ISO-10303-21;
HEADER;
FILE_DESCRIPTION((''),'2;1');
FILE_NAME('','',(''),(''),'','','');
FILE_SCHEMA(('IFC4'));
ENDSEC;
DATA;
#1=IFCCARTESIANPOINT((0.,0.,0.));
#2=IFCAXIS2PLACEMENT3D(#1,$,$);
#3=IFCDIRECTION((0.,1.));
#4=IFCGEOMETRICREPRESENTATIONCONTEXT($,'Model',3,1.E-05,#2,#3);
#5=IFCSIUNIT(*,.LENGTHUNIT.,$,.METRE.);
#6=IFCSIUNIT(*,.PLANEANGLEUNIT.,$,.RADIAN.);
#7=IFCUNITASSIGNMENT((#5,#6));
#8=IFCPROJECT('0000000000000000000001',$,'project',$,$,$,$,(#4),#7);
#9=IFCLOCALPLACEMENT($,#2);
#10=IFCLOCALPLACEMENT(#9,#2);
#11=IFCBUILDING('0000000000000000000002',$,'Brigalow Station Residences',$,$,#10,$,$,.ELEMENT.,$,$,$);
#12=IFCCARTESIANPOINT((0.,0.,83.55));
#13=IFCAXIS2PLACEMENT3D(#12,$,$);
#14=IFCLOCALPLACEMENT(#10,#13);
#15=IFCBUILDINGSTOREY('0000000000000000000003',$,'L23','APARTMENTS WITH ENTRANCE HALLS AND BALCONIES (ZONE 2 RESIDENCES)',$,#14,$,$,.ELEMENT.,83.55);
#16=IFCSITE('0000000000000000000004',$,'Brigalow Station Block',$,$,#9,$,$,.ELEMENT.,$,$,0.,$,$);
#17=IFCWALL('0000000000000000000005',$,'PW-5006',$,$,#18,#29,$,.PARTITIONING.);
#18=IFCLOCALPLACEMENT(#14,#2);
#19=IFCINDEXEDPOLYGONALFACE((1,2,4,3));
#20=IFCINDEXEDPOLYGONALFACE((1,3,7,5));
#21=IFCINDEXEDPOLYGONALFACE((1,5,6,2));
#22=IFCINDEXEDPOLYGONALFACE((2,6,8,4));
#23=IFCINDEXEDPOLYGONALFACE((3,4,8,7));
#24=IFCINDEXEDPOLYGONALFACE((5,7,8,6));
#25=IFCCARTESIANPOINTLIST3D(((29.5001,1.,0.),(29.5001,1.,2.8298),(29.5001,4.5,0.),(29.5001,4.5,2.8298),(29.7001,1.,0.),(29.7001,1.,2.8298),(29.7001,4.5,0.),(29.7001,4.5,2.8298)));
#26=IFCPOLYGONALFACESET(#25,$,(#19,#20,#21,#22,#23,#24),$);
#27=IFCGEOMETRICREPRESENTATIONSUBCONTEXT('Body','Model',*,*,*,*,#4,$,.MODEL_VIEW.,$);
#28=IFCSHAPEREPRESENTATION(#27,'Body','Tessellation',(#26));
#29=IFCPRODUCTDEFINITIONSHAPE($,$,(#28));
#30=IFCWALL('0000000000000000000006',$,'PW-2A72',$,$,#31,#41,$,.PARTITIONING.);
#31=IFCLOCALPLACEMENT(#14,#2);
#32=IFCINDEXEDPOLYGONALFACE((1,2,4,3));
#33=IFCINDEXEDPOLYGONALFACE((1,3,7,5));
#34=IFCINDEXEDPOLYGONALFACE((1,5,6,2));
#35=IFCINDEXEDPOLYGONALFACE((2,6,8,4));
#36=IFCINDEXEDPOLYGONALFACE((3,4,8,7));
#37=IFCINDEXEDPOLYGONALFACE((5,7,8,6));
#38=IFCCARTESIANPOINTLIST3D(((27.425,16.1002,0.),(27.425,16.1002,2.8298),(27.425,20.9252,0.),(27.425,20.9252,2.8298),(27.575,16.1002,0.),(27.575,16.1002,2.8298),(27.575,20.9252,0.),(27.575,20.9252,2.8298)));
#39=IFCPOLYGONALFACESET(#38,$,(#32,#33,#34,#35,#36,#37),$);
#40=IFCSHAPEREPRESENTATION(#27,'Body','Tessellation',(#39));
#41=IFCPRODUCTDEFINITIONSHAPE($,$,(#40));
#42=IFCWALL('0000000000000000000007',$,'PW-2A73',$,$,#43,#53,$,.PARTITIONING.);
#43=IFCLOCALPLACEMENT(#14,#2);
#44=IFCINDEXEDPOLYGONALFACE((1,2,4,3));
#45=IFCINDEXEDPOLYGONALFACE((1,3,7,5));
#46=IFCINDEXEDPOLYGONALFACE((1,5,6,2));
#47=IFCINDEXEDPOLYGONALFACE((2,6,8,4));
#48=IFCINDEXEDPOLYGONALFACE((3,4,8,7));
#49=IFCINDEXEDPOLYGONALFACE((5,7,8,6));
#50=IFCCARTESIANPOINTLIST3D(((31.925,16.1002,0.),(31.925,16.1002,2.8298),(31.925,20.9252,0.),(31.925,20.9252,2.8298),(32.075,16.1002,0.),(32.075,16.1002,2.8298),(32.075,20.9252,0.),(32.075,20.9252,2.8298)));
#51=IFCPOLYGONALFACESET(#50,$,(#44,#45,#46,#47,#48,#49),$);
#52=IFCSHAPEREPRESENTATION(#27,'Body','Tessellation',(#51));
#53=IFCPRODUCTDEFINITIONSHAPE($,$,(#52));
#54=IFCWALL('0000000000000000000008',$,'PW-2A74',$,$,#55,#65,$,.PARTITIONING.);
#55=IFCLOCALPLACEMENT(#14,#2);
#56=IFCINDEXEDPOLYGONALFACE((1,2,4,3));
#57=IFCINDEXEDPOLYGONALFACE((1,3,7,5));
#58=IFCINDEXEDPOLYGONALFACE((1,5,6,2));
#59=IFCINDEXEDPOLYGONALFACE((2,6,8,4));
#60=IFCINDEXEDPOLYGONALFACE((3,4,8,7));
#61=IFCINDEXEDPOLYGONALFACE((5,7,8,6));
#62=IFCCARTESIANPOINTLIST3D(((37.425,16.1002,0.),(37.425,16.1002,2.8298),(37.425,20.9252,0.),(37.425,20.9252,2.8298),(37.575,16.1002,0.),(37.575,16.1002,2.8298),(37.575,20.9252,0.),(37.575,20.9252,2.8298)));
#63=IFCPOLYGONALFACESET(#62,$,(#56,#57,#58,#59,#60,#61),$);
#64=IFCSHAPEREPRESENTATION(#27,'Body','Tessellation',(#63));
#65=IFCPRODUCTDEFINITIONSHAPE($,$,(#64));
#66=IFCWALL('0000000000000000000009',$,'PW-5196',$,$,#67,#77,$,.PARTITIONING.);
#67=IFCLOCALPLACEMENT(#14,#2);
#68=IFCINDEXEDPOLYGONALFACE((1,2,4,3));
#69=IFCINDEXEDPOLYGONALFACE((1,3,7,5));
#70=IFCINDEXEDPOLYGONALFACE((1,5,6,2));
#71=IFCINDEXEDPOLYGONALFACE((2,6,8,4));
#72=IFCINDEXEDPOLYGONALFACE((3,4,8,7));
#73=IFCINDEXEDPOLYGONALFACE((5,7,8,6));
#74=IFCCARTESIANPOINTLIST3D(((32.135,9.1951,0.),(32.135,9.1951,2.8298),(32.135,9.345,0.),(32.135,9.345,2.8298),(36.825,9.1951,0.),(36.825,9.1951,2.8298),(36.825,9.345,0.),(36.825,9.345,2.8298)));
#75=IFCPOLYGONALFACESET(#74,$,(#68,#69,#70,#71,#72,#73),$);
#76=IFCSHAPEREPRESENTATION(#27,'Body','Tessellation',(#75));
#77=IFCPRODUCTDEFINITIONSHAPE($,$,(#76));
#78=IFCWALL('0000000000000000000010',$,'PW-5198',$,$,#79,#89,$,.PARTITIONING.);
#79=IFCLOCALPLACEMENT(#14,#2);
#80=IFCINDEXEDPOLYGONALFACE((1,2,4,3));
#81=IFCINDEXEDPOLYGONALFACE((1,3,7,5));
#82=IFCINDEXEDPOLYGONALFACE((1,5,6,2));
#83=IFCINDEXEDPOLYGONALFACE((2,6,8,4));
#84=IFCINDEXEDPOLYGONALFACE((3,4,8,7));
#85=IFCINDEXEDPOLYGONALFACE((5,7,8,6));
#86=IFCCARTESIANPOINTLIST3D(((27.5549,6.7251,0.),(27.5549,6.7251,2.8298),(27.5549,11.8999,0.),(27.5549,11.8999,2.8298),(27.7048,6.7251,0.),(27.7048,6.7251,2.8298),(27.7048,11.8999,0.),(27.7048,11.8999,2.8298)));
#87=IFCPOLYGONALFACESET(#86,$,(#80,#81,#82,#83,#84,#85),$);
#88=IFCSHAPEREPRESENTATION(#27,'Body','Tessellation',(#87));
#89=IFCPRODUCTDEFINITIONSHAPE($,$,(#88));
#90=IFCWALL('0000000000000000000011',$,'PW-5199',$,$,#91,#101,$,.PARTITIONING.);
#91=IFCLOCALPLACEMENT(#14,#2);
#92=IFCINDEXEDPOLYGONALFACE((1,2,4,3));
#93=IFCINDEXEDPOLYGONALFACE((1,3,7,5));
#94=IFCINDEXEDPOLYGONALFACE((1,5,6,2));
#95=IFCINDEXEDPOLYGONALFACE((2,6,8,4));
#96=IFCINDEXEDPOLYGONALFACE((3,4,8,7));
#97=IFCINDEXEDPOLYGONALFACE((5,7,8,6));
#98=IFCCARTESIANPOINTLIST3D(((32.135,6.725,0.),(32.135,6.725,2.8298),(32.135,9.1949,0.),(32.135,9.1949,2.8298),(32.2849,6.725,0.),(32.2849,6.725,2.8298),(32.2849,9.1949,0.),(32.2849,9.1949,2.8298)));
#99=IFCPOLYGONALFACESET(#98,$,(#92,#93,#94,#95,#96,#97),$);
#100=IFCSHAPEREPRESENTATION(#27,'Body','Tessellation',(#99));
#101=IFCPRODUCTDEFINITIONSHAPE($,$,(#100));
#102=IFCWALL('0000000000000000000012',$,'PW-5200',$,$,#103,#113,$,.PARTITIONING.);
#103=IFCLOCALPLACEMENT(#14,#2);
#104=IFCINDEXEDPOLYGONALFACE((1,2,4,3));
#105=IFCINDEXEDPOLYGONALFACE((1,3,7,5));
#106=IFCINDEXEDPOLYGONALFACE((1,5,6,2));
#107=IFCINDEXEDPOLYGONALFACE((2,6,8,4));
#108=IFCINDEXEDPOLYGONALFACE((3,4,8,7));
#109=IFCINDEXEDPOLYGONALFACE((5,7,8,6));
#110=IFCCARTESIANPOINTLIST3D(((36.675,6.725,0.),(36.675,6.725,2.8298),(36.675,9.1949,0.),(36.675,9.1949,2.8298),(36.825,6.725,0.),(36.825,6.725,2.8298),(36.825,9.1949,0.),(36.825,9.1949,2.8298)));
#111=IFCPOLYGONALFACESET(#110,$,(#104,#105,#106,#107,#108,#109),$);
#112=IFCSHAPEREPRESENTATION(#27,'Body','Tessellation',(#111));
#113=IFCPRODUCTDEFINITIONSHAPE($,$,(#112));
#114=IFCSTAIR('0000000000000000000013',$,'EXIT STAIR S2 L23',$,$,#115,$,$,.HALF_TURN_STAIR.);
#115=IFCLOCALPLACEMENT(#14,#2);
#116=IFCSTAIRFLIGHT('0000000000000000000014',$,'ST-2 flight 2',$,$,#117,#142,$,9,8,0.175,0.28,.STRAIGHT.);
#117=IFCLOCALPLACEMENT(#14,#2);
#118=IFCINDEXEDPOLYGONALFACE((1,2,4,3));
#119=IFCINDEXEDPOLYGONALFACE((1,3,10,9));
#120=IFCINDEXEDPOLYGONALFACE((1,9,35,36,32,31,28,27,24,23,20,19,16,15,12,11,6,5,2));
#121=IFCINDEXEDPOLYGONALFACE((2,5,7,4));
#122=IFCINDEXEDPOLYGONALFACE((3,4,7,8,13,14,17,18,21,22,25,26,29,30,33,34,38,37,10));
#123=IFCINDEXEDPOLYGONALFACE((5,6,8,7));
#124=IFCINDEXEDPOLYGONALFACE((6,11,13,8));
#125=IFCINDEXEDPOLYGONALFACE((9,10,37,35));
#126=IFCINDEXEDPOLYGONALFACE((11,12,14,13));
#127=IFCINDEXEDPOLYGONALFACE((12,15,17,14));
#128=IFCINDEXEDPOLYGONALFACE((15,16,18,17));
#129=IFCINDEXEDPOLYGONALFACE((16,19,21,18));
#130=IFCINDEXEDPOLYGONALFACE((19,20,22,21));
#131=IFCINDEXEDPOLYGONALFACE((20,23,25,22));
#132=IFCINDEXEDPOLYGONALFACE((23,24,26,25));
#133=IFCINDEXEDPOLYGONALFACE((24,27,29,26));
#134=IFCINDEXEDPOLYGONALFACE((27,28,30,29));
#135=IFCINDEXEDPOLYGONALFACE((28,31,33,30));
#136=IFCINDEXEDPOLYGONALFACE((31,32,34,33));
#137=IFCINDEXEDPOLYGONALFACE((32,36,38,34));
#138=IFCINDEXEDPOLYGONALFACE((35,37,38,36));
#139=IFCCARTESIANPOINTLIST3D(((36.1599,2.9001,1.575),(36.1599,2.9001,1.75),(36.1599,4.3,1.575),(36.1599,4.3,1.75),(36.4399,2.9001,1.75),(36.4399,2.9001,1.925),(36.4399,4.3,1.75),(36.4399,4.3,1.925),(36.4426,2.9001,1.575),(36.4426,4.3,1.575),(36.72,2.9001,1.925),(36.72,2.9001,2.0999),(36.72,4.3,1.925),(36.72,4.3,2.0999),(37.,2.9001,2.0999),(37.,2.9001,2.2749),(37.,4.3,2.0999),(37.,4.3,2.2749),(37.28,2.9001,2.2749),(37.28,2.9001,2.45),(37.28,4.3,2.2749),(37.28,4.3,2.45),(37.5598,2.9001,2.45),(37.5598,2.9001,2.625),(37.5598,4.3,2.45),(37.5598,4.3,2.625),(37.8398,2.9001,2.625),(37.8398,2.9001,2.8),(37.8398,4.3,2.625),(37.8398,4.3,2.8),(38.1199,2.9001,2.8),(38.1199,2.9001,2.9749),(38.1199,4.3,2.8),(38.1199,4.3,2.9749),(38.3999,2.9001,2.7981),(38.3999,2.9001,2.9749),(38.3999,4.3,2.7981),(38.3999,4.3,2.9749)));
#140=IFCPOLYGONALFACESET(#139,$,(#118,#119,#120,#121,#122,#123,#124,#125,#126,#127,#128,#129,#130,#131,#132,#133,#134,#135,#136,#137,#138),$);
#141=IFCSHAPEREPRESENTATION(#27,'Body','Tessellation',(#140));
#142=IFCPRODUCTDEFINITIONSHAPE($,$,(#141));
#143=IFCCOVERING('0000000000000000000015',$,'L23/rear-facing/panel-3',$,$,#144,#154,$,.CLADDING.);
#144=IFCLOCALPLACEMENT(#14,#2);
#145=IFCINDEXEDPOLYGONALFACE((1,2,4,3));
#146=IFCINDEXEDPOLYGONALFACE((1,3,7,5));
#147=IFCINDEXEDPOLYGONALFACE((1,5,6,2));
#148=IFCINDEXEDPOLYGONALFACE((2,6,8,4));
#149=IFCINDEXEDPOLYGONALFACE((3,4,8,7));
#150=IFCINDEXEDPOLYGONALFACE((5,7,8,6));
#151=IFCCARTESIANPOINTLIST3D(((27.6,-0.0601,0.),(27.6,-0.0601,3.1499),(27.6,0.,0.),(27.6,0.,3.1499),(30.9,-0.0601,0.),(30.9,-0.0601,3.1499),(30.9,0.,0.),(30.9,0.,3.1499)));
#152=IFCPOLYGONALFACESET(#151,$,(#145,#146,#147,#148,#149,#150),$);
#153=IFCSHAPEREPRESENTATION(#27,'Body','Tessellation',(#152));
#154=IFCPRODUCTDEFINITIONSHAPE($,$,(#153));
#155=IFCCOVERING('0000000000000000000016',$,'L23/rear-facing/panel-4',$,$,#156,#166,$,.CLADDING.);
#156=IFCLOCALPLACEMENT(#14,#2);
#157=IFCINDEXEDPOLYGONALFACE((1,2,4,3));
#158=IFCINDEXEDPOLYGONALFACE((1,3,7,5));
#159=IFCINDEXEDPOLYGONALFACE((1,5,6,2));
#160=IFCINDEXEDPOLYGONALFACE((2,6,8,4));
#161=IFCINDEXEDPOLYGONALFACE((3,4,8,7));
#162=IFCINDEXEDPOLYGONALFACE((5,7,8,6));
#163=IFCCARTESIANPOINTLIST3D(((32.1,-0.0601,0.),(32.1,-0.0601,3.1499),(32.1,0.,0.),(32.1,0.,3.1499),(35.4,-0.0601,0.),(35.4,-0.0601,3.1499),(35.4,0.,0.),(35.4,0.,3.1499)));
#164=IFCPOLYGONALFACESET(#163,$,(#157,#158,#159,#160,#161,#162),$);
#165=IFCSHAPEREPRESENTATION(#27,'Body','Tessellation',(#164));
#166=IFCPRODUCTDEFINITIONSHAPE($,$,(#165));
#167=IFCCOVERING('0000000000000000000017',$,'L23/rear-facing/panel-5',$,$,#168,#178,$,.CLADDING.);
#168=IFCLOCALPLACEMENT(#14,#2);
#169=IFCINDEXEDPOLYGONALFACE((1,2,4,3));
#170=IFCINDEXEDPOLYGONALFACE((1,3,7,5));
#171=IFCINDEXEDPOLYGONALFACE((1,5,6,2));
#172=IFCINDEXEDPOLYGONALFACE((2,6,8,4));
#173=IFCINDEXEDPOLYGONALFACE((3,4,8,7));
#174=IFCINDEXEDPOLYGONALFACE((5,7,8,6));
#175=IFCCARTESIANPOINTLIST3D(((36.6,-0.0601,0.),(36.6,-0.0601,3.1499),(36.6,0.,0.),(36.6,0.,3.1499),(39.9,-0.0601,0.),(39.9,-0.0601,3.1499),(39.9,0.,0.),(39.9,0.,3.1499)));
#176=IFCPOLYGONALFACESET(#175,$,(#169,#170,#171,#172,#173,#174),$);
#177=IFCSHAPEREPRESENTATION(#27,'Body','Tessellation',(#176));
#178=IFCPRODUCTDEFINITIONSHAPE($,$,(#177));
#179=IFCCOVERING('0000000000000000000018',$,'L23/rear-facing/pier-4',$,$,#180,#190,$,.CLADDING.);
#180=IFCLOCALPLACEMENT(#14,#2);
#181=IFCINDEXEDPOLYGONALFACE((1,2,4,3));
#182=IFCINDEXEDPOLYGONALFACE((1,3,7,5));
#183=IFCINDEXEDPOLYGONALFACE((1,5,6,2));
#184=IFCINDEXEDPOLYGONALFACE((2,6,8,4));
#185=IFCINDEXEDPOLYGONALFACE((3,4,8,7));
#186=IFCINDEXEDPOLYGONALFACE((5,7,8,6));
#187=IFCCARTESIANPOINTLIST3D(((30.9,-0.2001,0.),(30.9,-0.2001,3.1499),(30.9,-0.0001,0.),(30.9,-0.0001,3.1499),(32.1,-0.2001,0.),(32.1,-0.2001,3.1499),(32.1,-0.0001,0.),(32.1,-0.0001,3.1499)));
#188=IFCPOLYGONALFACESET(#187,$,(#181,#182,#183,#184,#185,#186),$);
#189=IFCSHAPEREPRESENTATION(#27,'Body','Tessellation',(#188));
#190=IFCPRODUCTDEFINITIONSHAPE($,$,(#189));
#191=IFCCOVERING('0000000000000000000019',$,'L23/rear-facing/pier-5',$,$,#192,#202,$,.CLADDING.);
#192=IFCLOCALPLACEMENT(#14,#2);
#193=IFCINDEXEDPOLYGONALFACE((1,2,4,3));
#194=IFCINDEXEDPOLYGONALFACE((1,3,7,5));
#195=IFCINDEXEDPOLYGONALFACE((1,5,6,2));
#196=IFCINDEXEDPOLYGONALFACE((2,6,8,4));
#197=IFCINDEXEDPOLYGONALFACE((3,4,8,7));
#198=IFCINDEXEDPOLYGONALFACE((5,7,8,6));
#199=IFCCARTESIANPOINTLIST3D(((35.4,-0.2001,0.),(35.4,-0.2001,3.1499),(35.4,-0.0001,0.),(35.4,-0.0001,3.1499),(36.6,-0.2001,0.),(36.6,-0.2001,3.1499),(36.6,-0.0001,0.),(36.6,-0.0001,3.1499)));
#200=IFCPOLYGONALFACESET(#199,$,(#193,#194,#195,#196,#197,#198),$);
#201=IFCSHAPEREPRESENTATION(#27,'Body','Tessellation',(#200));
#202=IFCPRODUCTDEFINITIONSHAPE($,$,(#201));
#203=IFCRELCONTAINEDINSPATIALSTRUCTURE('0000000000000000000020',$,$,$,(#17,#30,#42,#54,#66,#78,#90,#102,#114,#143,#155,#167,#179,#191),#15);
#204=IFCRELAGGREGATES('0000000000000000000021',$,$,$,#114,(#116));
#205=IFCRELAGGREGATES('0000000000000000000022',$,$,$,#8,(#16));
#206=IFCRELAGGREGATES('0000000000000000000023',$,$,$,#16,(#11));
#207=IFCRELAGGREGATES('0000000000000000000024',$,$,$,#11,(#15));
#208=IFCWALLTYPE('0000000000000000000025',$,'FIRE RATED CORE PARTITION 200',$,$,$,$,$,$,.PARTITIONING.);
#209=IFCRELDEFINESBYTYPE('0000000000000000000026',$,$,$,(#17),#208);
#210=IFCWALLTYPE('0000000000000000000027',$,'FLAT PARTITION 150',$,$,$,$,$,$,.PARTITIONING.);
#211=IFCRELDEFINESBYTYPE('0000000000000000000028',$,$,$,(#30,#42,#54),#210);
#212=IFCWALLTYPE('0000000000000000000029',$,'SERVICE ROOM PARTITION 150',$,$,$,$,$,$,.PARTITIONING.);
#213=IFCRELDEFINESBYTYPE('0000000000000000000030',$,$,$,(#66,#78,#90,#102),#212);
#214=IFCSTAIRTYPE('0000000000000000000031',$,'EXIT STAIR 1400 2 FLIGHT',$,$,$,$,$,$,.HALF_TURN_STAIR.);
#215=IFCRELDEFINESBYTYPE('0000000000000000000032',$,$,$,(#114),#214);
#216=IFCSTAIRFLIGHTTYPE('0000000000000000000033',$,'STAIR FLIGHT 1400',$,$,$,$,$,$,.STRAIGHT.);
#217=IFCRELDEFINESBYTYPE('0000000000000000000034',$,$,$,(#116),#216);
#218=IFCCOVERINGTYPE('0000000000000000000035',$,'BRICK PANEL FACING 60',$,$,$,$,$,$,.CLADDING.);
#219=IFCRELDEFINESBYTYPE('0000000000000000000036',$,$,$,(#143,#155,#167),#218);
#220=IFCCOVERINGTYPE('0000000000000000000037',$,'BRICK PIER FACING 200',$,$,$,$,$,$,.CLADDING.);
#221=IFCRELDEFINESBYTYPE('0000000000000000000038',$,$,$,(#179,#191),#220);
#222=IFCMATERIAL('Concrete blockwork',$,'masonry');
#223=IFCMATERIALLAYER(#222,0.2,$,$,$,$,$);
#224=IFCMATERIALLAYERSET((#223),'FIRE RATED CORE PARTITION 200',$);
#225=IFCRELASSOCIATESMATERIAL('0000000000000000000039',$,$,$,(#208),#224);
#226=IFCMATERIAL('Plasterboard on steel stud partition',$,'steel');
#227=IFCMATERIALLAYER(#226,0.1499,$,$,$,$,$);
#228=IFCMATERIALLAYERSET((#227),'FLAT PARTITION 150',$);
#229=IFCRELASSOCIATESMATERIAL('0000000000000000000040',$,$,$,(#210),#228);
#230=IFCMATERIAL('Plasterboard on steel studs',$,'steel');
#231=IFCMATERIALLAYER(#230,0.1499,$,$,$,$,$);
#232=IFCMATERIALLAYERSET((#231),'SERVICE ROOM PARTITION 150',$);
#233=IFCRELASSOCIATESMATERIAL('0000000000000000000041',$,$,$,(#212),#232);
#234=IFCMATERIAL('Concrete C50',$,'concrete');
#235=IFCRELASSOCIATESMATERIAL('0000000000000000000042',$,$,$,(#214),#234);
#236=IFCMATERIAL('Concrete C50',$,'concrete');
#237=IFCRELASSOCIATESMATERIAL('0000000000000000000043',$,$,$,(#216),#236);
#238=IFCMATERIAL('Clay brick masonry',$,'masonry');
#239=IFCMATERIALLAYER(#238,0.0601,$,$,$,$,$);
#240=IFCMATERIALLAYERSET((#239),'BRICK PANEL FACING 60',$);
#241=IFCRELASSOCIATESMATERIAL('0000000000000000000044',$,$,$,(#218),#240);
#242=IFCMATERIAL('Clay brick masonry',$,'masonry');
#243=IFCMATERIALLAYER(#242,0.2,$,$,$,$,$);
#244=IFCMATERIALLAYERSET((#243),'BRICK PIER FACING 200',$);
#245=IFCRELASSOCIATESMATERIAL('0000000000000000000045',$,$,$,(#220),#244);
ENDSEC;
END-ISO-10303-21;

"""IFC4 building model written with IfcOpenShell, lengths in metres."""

from ifc_helpers import new_model, si_unit, direction, frame, frame_2d, origin, origin_2d, place, context, subcontext, project, spatial, polyline, rectangle, outline, extrude, material, layer, layer_set, type_object, element, aggregate, save


model = new_model("IFC4")

# Units and contexts
model_context = context("Model", 3, precision=1e-05, world=origin(), true_north=direction((0.0, 1.0)))
body_context = subcontext(model_context, "Body", "Model", "MODEL_VIEW")
ifc_project = project(units=[si_unit("LENGTHUNIT", "METRE"), si_unit("PLANEANGLEUNIT", "RADIAN")], contexts=[model_context])

# Site, building, storey
site_placement = place(None, origin())
site = spatial("IfcSite", under=ifc_project, at=site_placement, Name="Brigalow Station Block", CompositionType="ELEMENT", RefElevation=0.0)
building_placement = place(site_placement, origin())
building = spatial("IfcBuilding", under=site, at=building_placement, Name="Brigalow Station Residences", CompositionType="ELEMENT")
storey_placement = place(building_placement, frame((0.0, 0.0, 83.55)))
storey = spatial("IfcBuildingStorey", under=building, at=storey_placement, Name="L23", Description="APARTMENTS WITH ENTRANCE HALLS AND BALCONIES (ZONE 2 RESIDENCES)", CompositionType="ELEMENT", Elevation=83.55)

# Shared definitions
ifc_material_1 = material(Name="Concrete blockwork", Category="masonry")
ifc_layer_1 = layer(ifc_material_1, 0.2)
ifc_layer_set_1 = layer_set([ifc_layer_1], Name="FIRE RATED CORE PARTITION 200")
wall_type_1 = type_object("IfcWallType", Name="FIRE RATED CORE PARTITION 200", PredefinedType="PARTITIONING", material=ifc_layer_set_1)

# Walls
wall_1_placement = place(storey_placement, frame((29.6001, 1.0, 0.0), z_axis=(0.0, 0.0, 1.0), x_axis=(0.0, 1.0, 0.0)))
element("IfcWall", 1, at=wall_1_placement, inside=storey, type_object=wall_type_1, Name="PW-5006", PredefinedType="PARTITIONING", context=body_context, shape_type="SweptSolid", body=[
    extrude(rectangle(XDim=3.5, YDim=0.2, at=frame_2d((1.75, 0.0))), origin(), (0.0, 0.0, 1.0), 2.8298),
])
ifc_material_2 = material(Name="Plasterboard on steel stud partition", Category="steel")
ifc_layer_2 = layer(ifc_material_2, 0.1499)
ifc_layer_set_2 = layer_set([ifc_layer_2], Name="FLAT PARTITION 150")
wall_type_2 = type_object("IfcWallType", Name="FLAT PARTITION 150", PredefinedType="PARTITIONING", material=ifc_layer_set_2)
for number, where, z_axis, x_axis, name in (
    (2, (27.5, 16.1001, 0.0), (0.0, 0.0, 1.0), (0.0, 1.0, 0.0), "PW-2A72"),
    (3, (32.0, 16.1001, 0.0), (0.0, 0.0, 1.0), (0.0, 1.0, 0.0), "PW-2A73"),
    (4, (37.5, 16.1001, 0.0), (0.0, 0.0, 1.0), (0.0, 1.0, 0.0), "PW-2A74"),
):
    element("IfcWall", number, at=place(storey_placement, frame(where, z_axis=z_axis, x_axis=x_axis)), inside=storey, type_object=wall_type_2, Name=name, PredefinedType="PARTITIONING", context=body_context, shape_type="SweptSolid", body=[
        extrude(rectangle(XDim=4.825, YDim=0.1499, at=frame_2d((2.4126, 0.0))), origin(), (0.0, 0.0, 1.0), 2.8298),
    ])
ifc_material_3 = material(Name="Plasterboard on steel studs", Category="steel")
ifc_layer_3 = layer(ifc_material_3, 0.1499)
ifc_layer_set_3 = layer_set([ifc_layer_3], Name="SERVICE ROOM PARTITION 150")
wall_type_3 = type_object("IfcWallType", Name="SERVICE ROOM PARTITION 150", PredefinedType="PARTITIONING", material=ifc_layer_set_3)
wall_2_placement = place(storey_placement, frame((32.135, 9.27, 0.0), z_axis=(0.0, 0.0, 1.0), x_axis=(1.0, 0.0, 0.0)))
element("IfcWall", 5, at=wall_2_placement, inside=storey, type_object=wall_type_3, Name="PW-5196", PredefinedType="PARTITIONING", context=body_context, shape_type="SweptSolid", body=[
    extrude(rectangle(XDim=4.6899, YDim=0.1499, at=frame_2d((2.345, 0.0))), origin(), (0.0, 0.0, 1.0), 2.8298),
])
wall_3_placement = place(storey_placement, frame((27.6299, 6.7251, 0.0), z_axis=(0.0, 0.0, 1.0), x_axis=(0.0, 1.0, 0.0)))
element("IfcWall", 6, at=wall_3_placement, inside=storey, type_object=wall_type_3, Name="PW-5198", PredefinedType="PARTITIONING", context=body_context, shape_type="SweptSolid", body=[
    extrude(rectangle(XDim=5.1748, YDim=0.1499, at=frame_2d((2.5874, 0.0))), origin(), (0.0, 0.0, 1.0), 2.8298),
])
for number, where, z_axis, x_axis, name in (
    (7, (32.21, 6.7251, 0.0), (0.0, 0.0, 1.0), (0.0, 1.0, 0.0), "PW-5199"),
    (8, (36.75, 6.7251, 0.0), (0.0, 0.0, 1.0), (0.0, 1.0, 0.0), "PW-5200"),
):
    element("IfcWall", number, at=place(storey_placement, frame(where, z_axis=z_axis, x_axis=x_axis)), inside=storey, type_object=wall_type_3, Name=name, PredefinedType="PARTITIONING", context=body_context, shape_type="SweptSolid", body=[
        extrude(rectangle(XDim=2.47, YDim=0.1499, at=frame_2d((1.2349, 0.0))), origin(), (0.0, 0.0, 1.0), 2.8298),
    ])

# Stair, stair flight
ifc_material_4 = material(Name="Concrete C50", Category="concrete")
stair_type = type_object("IfcStairType", Name="EXIT STAIR 1400 2 FLIGHT", PredefinedType="HALF_TURN_STAIR", material=ifc_material_4)
stair_placement = place(storey_placement, origin())
stair = element("IfcStair", 9, at=stair_placement, inside=storey, type_object=stair_type, Name="EXIT STAIR S2 L23", PredefinedType="HALF_TURN_STAIR")
ifc_material_5 = material(Name="Concrete C50", Category="concrete")
stair_flight_type = type_object("IfcStairFlightType", Name="STAIR FLIGHT 1400", PredefinedType="STRAIGHT", material=ifc_material_5)
stair_flight_placement = place(storey_placement, frame((36.1599, 3.6001, 1.575), z_axis=(0.0, 0.0, 1.0), x_axis=(1.0, 0.0, 0.0)))
stair_flight = element("IfcStairFlight", 10, at=stair_flight_placement, type_object=stair_flight_type, Name="ST-2 flight 2", NumberOfRisers=9, NumberOfTreads=8, PredefinedType="STRAIGHT", RiserHeight=0.175, TreadLength=0.28, context=body_context, shape_type="SweptSolid", body=[
    extrude(outline(polyline([(0.0, 0.0), (0.0, 0.175), (0.28, 0.175), (0.28, 0.3501), (0.5601, 0.3501), (0.5601, 0.5249), (0.8401, 0.5249), (0.8401, 0.7), (1.1201, 0.7), (1.1201, 0.875), (1.3999, 0.875), (1.3999, 1.05), (1.6799, 1.05), (1.6799, 1.2251), (1.96, 1.2251), (1.96, 1.3999), (2.24, 1.3999), (2.24, 1.575), (2.24, 1.2231), (0.2827, 0.0), (0.0, 0.0)])), frame((0.0, 0.7, 0.0), z_axis=(0.0, -1.0, 0.0), x_axis=(1.0, 0.0, 0.0)), (0.0, 0.0, 1.0), 1.3999),
])
aggregate(stair, [stair_flight])

# Coverings
ifc_material_6 = material(Name="Clay brick masonry", Category="masonry")
ifc_layer_4 = layer(ifc_material_6, 0.0601)
ifc_layer_set_4 = layer_set([ifc_layer_4], Name="BRICK PANEL FACING 60")
covering_type_1 = type_object("IfcCoveringType", Name="BRICK PANEL FACING 60", PredefinedType="CLADDING", material=ifc_layer_set_4)
for number, where, z_axis, x_axis, name in (
    (11, (29.25, -0.03, 0.0), (0.0, 0.0, 1.0), (1.0, 0.0, 0.0), "L23/rear-facing/panel-3"),
    (12, (33.75, -0.03, 0.0), (0.0, 0.0, 1.0), (1.0, 0.0, 0.0), "L23/rear-facing/panel-4"),
    (13, (38.25, -0.03, 0.0), (0.0, 0.0, 1.0), (1.0, 0.0, 0.0), "L23/rear-facing/panel-5"),
):
    element("IfcCovering", number, at=place(storey_placement, frame(where, z_axis=z_axis, x_axis=x_axis)), inside=storey, type_object=covering_type_1, Name=name, PredefinedType="CLADDING", context=body_context, shape_type="SweptSolid", body=[
        extrude(rectangle(XDim=3.3, YDim=0.0601, at=origin_2d()), origin(), (0.0, 0.0, 1.0), 3.1499),
    ])
ifc_material_7 = material(Name="Clay brick masonry", Category="masonry")
ifc_layer_5 = layer(ifc_material_7, 0.2)
ifc_layer_set_5 = layer_set([ifc_layer_5], Name="BRICK PIER FACING 200")
covering_type_2 = type_object("IfcCoveringType", Name="BRICK PIER FACING 200", PredefinedType="CLADDING", material=ifc_layer_set_5)
for number, where, z_axis, x_axis, name in (
    (14, (31.5, -0.1001, 0.0), (0.0, 0.0, 1.0), (1.0, 0.0, 0.0), "L23/rear-facing/pier-4"),
    (15, (36.0, -0.1001, 0.0), (0.0, 0.0, 1.0), (1.0, 0.0, 0.0), "L23/rear-facing/pier-5"),
):
    element("IfcCovering", number, at=place(storey_placement, frame(where, z_axis=z_axis, x_axis=x_axis)), inside=storey, type_object=covering_type_2, Name=name, PredefinedType="CLADDING", context=body_context, shape_type="SweptSolid", body=[
        extrude(rectangle(XDim=1.2, YDim=0.2, at=origin_2d()), origin(), (0.0, 0.0, 1.0), 3.1499),
    ])

save(model, "model.ifc")
